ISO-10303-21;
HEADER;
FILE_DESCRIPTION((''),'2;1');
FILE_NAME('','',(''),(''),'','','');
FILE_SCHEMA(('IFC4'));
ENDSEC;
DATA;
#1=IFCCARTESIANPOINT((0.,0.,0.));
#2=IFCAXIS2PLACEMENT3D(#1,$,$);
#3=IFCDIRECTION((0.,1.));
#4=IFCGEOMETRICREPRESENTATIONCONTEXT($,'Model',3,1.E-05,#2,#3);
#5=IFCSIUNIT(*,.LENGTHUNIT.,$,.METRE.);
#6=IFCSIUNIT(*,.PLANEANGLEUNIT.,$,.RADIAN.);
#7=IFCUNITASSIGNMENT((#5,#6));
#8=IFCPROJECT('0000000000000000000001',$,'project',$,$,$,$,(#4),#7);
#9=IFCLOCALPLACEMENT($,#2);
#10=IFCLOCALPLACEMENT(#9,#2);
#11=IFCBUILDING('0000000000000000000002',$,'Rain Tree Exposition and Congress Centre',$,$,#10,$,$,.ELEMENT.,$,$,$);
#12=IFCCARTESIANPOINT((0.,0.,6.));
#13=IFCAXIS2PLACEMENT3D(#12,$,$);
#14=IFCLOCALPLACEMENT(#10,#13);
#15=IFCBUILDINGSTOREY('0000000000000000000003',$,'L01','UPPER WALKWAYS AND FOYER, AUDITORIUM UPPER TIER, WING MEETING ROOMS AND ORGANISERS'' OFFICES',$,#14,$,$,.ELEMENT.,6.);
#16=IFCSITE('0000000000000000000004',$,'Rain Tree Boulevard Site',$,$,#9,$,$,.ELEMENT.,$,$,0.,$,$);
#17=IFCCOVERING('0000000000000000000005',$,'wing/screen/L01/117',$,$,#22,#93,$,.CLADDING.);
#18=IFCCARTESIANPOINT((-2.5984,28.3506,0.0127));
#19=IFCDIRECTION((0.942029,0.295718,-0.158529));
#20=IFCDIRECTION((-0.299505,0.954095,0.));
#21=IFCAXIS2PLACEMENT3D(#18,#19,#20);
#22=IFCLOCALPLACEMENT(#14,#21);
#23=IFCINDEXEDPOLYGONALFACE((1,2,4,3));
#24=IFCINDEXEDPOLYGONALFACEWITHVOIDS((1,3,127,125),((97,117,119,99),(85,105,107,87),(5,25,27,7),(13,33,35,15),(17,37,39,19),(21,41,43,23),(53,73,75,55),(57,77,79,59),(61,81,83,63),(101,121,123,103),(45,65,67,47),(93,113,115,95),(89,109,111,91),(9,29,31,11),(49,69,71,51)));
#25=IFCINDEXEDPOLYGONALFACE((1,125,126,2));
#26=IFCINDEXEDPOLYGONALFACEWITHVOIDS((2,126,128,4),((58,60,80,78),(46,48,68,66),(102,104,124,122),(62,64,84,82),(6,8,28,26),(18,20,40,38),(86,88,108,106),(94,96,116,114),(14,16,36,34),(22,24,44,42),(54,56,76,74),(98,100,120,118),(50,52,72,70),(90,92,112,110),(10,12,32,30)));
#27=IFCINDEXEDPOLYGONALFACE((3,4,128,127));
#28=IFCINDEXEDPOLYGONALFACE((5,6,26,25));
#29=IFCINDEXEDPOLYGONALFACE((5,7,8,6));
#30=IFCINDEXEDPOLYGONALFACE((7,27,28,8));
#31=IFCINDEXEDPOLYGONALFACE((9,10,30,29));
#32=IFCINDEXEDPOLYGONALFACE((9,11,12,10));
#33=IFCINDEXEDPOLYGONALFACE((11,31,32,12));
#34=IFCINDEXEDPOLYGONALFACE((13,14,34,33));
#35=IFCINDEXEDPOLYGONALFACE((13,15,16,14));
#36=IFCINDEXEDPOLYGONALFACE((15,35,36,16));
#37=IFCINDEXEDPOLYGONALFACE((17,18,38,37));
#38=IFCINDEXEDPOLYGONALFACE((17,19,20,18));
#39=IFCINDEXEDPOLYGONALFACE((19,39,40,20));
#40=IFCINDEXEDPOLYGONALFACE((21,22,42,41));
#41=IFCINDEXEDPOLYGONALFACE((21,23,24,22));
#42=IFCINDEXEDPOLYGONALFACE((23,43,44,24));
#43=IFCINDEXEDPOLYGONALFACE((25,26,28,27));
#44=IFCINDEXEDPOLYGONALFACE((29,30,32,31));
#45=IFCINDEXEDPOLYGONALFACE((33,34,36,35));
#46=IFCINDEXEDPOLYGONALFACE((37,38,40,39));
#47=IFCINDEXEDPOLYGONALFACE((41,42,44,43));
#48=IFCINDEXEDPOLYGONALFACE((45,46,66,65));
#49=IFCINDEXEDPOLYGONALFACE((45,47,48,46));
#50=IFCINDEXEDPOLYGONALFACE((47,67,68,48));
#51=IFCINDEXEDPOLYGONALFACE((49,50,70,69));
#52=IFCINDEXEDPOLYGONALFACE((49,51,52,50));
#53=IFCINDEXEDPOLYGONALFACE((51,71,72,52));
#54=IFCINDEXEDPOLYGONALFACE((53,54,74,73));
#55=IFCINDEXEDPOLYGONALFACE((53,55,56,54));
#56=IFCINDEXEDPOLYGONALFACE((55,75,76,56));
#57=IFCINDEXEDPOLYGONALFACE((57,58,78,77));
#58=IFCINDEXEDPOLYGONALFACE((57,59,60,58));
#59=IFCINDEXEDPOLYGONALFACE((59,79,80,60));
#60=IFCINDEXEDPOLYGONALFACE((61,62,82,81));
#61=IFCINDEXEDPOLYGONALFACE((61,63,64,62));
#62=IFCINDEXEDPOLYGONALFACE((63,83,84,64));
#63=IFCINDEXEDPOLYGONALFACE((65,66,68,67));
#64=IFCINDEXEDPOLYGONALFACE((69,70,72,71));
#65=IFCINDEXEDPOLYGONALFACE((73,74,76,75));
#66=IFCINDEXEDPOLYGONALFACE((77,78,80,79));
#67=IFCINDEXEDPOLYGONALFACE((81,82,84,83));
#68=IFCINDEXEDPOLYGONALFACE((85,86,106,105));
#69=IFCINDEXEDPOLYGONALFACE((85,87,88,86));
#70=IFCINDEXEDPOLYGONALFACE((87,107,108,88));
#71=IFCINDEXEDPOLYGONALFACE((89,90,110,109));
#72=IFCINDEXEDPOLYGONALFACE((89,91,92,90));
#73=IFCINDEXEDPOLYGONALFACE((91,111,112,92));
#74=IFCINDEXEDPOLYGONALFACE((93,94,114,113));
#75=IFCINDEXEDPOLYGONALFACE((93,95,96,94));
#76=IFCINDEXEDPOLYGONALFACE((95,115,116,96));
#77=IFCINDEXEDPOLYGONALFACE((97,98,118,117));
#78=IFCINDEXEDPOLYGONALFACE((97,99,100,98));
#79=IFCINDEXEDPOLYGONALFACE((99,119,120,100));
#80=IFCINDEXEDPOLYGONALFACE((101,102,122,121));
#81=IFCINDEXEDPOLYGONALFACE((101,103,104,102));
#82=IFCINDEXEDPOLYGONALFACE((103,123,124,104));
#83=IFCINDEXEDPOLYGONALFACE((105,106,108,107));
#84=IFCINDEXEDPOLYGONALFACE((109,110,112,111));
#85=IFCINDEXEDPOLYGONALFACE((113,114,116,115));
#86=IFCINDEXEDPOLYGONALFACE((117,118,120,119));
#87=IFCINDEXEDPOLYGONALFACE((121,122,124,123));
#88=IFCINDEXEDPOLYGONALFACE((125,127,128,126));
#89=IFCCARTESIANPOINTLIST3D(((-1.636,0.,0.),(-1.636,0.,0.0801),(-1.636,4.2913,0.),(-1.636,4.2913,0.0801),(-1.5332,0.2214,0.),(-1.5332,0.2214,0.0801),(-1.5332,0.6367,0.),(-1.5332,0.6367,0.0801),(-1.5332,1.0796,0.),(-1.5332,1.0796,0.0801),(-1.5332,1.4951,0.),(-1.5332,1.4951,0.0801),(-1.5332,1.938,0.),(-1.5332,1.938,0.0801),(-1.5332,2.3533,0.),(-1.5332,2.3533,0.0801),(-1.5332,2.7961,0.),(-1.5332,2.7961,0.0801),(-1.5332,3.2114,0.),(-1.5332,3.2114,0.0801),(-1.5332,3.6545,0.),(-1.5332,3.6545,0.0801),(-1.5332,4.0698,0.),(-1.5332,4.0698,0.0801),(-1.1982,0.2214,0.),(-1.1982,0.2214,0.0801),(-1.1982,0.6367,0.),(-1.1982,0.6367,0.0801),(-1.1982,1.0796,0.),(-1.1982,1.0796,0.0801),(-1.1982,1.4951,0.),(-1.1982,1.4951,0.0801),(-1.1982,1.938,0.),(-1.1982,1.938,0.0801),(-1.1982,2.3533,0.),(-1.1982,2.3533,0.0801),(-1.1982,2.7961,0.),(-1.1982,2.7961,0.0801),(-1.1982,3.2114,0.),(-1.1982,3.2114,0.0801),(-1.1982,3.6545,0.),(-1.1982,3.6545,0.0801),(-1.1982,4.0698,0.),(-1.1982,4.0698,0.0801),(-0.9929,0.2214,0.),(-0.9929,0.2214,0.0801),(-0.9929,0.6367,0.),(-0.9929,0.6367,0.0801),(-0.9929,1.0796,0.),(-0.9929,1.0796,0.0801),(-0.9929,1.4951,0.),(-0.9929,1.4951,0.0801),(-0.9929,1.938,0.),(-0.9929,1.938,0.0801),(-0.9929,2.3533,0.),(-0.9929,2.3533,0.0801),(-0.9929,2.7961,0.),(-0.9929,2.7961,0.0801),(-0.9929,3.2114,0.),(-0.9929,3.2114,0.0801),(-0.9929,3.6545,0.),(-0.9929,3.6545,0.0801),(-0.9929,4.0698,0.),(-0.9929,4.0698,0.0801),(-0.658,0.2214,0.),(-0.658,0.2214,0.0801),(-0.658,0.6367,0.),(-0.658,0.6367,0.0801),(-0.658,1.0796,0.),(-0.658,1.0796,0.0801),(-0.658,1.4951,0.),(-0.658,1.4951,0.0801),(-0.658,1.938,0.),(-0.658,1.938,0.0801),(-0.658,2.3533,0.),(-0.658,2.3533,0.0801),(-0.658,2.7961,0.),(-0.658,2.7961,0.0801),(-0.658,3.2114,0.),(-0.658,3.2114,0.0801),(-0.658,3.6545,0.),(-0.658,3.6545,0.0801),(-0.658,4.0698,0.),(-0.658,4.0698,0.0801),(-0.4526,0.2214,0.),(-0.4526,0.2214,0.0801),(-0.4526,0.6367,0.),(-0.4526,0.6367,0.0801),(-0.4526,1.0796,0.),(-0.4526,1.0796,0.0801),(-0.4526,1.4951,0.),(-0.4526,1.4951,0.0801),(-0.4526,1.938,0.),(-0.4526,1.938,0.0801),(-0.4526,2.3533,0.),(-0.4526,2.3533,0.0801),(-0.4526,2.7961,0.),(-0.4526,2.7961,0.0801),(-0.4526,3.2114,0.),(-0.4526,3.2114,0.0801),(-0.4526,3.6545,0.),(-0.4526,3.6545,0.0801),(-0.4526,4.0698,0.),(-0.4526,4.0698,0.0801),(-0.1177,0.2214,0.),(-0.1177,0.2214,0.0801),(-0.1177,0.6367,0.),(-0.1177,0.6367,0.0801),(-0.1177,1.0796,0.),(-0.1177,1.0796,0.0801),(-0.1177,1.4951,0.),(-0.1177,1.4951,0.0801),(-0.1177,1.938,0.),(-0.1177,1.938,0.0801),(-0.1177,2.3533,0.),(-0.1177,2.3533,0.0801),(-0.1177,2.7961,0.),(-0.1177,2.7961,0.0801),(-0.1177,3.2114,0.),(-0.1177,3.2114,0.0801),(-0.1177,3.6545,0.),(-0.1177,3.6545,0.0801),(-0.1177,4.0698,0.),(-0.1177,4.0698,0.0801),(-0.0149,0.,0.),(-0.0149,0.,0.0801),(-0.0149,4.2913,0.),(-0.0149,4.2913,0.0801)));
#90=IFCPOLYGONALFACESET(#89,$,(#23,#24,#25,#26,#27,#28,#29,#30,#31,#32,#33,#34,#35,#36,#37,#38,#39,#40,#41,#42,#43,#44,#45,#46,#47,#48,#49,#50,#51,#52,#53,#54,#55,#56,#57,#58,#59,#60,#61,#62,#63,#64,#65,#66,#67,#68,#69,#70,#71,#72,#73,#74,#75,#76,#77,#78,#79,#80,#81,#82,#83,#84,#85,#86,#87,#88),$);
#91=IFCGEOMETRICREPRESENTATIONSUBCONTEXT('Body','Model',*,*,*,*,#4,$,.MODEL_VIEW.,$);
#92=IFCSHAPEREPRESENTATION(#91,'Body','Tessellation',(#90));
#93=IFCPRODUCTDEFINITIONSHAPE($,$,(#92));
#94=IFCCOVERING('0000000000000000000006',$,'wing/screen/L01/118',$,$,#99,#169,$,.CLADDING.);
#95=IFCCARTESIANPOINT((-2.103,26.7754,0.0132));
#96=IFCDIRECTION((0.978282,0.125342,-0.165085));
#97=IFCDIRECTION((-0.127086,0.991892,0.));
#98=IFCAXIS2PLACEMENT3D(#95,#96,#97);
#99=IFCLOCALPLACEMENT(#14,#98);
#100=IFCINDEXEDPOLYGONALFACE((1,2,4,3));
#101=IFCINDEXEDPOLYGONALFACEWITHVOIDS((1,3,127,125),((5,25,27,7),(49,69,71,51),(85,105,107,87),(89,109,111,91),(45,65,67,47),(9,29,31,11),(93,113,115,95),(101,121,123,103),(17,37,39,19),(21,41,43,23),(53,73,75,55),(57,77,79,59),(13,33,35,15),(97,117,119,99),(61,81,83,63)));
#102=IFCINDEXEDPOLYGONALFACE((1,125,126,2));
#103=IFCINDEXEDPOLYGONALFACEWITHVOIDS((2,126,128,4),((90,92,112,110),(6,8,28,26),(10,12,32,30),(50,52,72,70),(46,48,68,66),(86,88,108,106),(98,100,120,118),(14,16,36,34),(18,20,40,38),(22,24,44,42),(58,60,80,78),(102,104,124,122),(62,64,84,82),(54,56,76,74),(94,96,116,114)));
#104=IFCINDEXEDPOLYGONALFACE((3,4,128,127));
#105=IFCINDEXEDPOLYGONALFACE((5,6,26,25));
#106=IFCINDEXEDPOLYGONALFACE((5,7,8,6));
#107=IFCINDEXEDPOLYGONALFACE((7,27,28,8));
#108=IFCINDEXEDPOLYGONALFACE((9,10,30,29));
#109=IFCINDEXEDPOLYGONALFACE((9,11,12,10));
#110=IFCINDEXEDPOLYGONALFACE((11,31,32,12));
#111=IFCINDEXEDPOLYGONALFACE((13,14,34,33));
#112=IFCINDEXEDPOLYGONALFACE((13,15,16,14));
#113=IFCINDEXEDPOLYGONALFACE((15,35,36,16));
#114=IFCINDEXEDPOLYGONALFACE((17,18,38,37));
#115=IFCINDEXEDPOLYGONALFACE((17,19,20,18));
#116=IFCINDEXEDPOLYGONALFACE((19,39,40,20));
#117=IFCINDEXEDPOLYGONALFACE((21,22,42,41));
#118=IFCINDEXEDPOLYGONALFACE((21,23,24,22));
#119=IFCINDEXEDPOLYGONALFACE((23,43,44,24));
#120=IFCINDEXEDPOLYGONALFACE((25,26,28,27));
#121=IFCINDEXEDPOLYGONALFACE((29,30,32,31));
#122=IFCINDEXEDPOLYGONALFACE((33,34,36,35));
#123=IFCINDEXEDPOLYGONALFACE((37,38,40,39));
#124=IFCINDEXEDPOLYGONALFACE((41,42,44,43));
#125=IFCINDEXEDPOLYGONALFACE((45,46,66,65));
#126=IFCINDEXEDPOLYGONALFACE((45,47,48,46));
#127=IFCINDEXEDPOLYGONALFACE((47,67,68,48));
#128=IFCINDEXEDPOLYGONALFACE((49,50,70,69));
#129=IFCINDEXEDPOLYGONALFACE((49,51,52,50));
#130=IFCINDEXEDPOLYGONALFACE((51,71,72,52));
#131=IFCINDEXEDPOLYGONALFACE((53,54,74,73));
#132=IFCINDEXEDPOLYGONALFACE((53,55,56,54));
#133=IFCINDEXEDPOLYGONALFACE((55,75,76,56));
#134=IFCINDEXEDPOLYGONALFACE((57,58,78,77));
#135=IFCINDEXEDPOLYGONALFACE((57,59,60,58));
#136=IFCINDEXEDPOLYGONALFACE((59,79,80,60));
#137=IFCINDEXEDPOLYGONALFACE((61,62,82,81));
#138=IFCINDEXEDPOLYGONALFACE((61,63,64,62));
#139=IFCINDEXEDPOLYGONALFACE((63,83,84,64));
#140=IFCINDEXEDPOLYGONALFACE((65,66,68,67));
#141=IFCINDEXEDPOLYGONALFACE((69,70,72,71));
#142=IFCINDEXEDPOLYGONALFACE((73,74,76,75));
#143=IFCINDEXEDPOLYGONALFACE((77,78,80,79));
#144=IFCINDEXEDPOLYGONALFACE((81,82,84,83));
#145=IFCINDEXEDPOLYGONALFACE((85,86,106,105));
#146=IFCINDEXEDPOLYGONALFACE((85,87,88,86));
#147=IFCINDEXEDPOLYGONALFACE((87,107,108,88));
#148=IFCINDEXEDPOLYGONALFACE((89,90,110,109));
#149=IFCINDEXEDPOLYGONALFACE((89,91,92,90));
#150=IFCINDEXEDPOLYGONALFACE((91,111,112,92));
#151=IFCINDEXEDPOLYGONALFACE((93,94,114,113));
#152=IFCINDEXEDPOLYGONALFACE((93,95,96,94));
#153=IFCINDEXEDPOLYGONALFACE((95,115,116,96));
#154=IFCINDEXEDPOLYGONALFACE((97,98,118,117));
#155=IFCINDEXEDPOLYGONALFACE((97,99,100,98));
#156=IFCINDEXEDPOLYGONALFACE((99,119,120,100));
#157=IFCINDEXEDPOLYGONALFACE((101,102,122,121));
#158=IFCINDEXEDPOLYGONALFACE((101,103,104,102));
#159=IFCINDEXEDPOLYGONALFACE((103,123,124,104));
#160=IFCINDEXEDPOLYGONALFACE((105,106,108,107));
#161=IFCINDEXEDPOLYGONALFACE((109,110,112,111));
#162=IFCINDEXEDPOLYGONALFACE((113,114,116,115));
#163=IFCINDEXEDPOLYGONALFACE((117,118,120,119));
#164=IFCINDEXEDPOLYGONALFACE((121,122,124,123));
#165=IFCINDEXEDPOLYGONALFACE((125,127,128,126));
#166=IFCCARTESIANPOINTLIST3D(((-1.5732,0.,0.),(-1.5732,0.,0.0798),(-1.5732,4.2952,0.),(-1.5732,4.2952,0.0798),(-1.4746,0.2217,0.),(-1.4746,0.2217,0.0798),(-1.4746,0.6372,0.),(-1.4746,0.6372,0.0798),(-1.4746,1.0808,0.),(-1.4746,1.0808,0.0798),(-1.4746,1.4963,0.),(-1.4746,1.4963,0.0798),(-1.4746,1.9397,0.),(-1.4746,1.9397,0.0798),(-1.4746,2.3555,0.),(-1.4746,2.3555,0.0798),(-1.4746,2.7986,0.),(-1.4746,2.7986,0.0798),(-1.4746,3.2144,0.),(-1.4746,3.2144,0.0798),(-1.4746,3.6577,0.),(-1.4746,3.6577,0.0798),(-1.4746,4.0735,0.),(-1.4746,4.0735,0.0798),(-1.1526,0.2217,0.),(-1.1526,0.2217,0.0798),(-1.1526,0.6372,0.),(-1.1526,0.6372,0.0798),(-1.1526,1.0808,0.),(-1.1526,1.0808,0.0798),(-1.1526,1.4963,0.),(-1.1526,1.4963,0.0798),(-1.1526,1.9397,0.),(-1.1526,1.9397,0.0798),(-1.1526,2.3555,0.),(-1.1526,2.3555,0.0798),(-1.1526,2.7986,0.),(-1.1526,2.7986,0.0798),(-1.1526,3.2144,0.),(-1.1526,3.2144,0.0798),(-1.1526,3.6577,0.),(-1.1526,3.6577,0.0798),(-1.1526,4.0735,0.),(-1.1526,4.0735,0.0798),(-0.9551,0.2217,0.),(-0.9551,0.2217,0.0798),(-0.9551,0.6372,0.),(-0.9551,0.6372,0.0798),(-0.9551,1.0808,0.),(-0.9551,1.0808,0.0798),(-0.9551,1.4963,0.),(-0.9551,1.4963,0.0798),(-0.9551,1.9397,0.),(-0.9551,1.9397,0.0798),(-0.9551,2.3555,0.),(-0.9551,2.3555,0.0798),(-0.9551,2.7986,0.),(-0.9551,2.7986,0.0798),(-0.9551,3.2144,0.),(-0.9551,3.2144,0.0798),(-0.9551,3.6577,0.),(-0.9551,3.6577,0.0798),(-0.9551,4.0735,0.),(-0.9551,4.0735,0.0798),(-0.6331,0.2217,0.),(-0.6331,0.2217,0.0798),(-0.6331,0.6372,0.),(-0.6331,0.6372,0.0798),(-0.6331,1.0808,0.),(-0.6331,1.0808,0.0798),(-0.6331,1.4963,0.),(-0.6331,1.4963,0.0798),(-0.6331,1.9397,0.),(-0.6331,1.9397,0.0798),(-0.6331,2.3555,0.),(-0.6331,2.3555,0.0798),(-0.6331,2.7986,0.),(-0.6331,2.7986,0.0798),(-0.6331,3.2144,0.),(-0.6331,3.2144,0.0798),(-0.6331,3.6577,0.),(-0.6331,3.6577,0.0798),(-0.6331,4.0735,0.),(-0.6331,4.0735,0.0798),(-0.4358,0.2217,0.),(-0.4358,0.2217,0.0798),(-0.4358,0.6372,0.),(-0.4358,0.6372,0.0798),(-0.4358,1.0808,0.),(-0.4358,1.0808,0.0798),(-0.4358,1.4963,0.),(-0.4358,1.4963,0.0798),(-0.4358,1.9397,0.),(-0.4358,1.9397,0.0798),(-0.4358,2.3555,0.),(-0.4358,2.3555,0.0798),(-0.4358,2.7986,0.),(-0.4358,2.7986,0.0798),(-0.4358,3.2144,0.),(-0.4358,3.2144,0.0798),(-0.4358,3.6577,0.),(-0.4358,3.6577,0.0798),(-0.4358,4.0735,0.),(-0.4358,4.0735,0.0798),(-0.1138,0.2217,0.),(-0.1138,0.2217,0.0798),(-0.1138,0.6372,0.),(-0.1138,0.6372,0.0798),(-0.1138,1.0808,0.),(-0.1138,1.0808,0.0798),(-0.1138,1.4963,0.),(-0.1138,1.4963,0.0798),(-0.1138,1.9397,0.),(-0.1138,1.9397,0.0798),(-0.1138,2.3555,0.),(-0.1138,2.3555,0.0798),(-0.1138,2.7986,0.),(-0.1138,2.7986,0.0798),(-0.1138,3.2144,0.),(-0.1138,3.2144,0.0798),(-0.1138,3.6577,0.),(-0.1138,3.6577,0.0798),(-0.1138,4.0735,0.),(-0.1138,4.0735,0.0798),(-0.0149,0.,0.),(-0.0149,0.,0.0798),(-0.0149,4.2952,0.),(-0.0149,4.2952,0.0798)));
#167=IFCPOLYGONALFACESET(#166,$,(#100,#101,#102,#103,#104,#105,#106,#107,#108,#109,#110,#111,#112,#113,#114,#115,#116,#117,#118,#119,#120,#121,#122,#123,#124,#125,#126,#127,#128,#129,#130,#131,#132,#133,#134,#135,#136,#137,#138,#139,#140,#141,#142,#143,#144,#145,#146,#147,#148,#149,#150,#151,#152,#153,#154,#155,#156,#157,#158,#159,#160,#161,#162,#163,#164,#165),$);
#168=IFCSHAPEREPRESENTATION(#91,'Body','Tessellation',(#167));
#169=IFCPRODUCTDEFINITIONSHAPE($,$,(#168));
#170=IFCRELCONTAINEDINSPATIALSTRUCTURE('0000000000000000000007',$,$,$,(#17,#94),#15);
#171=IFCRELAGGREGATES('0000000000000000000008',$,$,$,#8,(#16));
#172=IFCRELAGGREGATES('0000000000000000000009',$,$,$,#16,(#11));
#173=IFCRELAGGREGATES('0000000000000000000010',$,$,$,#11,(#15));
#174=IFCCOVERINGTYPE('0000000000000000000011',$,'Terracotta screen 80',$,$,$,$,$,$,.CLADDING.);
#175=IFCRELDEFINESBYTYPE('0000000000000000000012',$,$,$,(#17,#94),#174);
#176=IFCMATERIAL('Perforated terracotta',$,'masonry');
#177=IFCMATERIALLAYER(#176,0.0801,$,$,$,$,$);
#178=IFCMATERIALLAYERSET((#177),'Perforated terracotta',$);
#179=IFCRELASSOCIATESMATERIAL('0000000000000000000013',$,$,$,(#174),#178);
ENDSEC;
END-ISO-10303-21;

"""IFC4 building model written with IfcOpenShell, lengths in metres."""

from ifc_helpers import new_model, si_unit, direction, frame, origin, place, context, subcontext, project, spatial, polyline, outline, extrude, material, layer, layer_set, type_object, element, save


model = new_model("IFC4")

# Units and contexts
model_context = context("Model", 3, precision=1e-05, world=origin(), true_north=direction((0.0, 1.0)))
body_context = subcontext(model_context, "Body", "Model", "MODEL_VIEW")
ifc_project = project(units=[si_unit("LENGTHUNIT", "METRE"), si_unit("PLANEANGLEUNIT", "RADIAN")], contexts=[model_context])

# Site, building, storey
site_placement = place(None, origin())
site = spatial("IfcSite", under=ifc_project, at=site_placement, Name="Rain Tree Boulevard Site", CompositionType="ELEMENT", RefElevation=0.0)
building_placement = place(site_placement, origin())
building = spatial("IfcBuilding", under=site, at=building_placement, Name="Rain Tree Exposition and Congress Centre", CompositionType="ELEMENT")
storey_placement = place(building_placement, frame((0.0, 0.0, 6.0)))
storey = spatial("IfcBuildingStorey", under=building, at=storey_placement, Name="L01", Description="UPPER WALKWAYS AND FOYER, AUDITORIUM UPPER TIER, WING MEETING ROOMS AND ORGANISERS' OFFICES", CompositionType="ELEMENT", Elevation=6.0)

# Coverings
ifc_material_1 = material(Name="Perforated terracotta", Category="masonry")
ifc_layer_1 = layer(ifc_material_1, 0.0801)
ifc_layer_set_1 = layer_set([ifc_layer_1], Name="Perforated terracotta")
covering_type = type_object("IfcCoveringType", Name="Terracotta screen 80", PredefinedType="CLADDING", material=ifc_layer_set_1)
covering_1_placement = place(storey_placement, frame((-2.5984, 28.3506, 0.0127), z_axis=(0.942029, 0.295718, -0.158529), x_axis=(-0.299505, 0.954095, 0.0)))
element("IfcCovering", 1, at=covering_1_placement, inside=storey, type_object=covering_type, Name="wing/screen/L01/117", PredefinedType="CLADDING", context=body_context, shape_type="SweptSolid", body=[
    extrude(outline(polyline([(-1.636, 0.0), (-1.636, 4.2913), (-0.0149, 4.2913), (-0.0149, 0.0), (-1.636, 0.0)]), holes=[polyline([(-0.1177, 0.2214), (-0.1177, 0.6367), (-0.4526, 0.6367), (-0.4526, 0.2214), (-0.1177, 0.2214)]), polyline([(-0.1177, 1.0796), (-0.1177, 1.4951), (-0.4526, 1.4951), (-0.4526, 1.0796), (-0.1177, 1.0796)]), polyline([(-0.1177, 1.938), (-0.1177, 2.3533), (-0.4526, 2.3533), (-0.4526, 1.938), (-0.1177, 1.938)]), polyline([(-0.1177, 2.7961), (-0.1177, 3.2114), (-0.4526, 3.2114), (-0.4526, 2.7961), (-0.1177, 2.7961)]), polyline([(-0.1177, 3.6545), (-0.1177, 4.0698), (-0.4526, 4.0698), (-0.4526, 3.6545), (-0.1177, 3.6545)]), polyline([(-0.658, 0.2214), (-0.658, 0.6367), (-0.9929, 0.6367), (-0.9929, 0.2214), (-0.658, 0.2214)]), polyline([(-0.658, 1.0796), (-0.658, 1.4951), (-0.9929, 1.4951), (-0.9929, 1.0796), (-0.658, 1.0796)]), polyline([(-0.658, 1.938), (-0.658, 2.3533), (-0.9929, 2.3533), (-0.9929, 1.938), (-0.658, 1.938)]), polyline([(-0.658, 2.7961), (-0.658, 3.2114), (-0.9929, 3.2114), (-0.9929, 2.7961), (-0.658, 2.7961)]), polyline([(-0.658, 3.6545), (-0.658, 4.0698), (-0.9929, 4.0698), (-0.9929, 3.6545), (-0.658, 3.6545)]), polyline([(-1.1982, 0.2214), (-1.1982, 0.6367), (-1.5332, 0.6367), (-1.5332, 0.2214), (-1.1982, 0.2214)]), polyline([(-1.1982, 1.0796), (-1.1982, 1.4951), (-1.5332, 1.4951), (-1.5332, 1.0796), (-1.1982, 1.0796)]), polyline([(-1.1982, 1.938), (-1.1982, 2.3533), (-1.5332, 2.3533), (-1.5332, 1.938), (-1.1982, 1.938)]), polyline([(-1.1982, 2.7961), (-1.1982, 3.2114), (-1.5332, 3.2114), (-1.5332, 2.7961), (-1.1982, 2.7961)]), polyline([(-1.1982, 3.6545), (-1.1982, 4.0698), (-1.5332, 4.0698), (-1.5332, 3.6545), (-1.1982, 3.6545)])]), origin(), (0.0, 0.0, 1.0), 0.0801),
])
covering_2_placement = place(storey_placement, frame((-2.103, 26.7754, 0.0132), z_axis=(0.978282, 0.125342, -0.165085), x_axis=(-0.127086, 0.991892, 0.0)))
element("IfcCovering", 2, at=covering_2_placement, inside=storey, type_object=covering_type, Name="wing/screen/L01/118", PredefinedType="CLADDING", context=body_context, shape_type="SweptSolid", body=[
    extrude(outline(polyline([(-1.5732, 0.0), (-1.5732, 4.2952), (-0.0149, 4.2952), (-0.0149, 0.0), (-1.5732, 0.0)]), holes=[polyline([(-0.1138, 0.2217), (-0.1138, 0.6372), (-0.4358, 0.6372), (-0.4358, 0.2217), (-0.1138, 0.2217)]), polyline([(-0.1138, 1.0808), (-0.1138, 1.4963), (-0.4358, 1.4963), (-0.4358, 1.0808), (-0.1138, 1.0808)]), polyline([(-0.1138, 1.9397), (-0.1138, 2.3555), (-0.4358, 2.3555), (-0.4358, 1.9397), (-0.1138, 1.9397)]), polyline([(-0.1138, 2.7986), (-0.1138, 3.2144), (-0.4358, 3.2144), (-0.4358, 2.7986), (-0.1138, 2.7986)]), polyline([(-0.1138, 3.6577), (-0.1138, 4.0735), (-0.4358, 4.0735), (-0.4358, 3.6577), (-0.1138, 3.6577)]), polyline([(-0.6331, 0.2217), (-0.6331, 0.6372), (-0.9551, 0.6372), (-0.9551, 0.2217), (-0.6331, 0.2217)]), polyline([(-0.6331, 1.0808), (-0.6331, 1.4963), (-0.9551, 1.4963), (-0.9551, 1.0808), (-0.6331, 1.0808)]), polyline([(-0.6331, 1.9397), (-0.6331, 2.3555), (-0.9551, 2.3555), (-0.9551, 1.9397), (-0.6331, 1.9397)]), polyline([(-0.6331, 2.7986), (-0.6331, 3.2144), (-0.9551, 3.2144), (-0.9551, 2.7986), (-0.6331, 2.7986)]), polyline([(-0.6331, 3.6577), (-0.6331, 4.0735), (-0.9551, 4.0735), (-0.9551, 3.6577), (-0.6331, 3.6577)]), polyline([(-1.1526, 0.2217), (-1.1526, 0.6372), (-1.4746, 0.6372), (-1.4746, 0.2217), (-1.1526, 0.2217)]), polyline([(-1.1526, 1.0808), (-1.1526, 1.4963), (-1.4746, 1.4963), (-1.4746, 1.0808), (-1.1526, 1.0808)]), polyline([(-1.1526, 1.9397), (-1.1526, 2.3555), (-1.4746, 2.3555), (-1.4746, 1.9397), (-1.1526, 1.9397)]), polyline([(-1.1526, 2.7986), (-1.1526, 3.2144), (-1.4746, 3.2144), (-1.4746, 2.7986), (-1.1526, 2.7986)]), polyline([(-1.1526, 3.6577), (-1.1526, 4.0735), (-1.4746, 4.0735), (-1.4746, 3.6577), (-1.1526, 3.6577)])]), origin(), (0.0, 0.0, 1.0), 0.0798),
])

save(model, "model.ifc")
